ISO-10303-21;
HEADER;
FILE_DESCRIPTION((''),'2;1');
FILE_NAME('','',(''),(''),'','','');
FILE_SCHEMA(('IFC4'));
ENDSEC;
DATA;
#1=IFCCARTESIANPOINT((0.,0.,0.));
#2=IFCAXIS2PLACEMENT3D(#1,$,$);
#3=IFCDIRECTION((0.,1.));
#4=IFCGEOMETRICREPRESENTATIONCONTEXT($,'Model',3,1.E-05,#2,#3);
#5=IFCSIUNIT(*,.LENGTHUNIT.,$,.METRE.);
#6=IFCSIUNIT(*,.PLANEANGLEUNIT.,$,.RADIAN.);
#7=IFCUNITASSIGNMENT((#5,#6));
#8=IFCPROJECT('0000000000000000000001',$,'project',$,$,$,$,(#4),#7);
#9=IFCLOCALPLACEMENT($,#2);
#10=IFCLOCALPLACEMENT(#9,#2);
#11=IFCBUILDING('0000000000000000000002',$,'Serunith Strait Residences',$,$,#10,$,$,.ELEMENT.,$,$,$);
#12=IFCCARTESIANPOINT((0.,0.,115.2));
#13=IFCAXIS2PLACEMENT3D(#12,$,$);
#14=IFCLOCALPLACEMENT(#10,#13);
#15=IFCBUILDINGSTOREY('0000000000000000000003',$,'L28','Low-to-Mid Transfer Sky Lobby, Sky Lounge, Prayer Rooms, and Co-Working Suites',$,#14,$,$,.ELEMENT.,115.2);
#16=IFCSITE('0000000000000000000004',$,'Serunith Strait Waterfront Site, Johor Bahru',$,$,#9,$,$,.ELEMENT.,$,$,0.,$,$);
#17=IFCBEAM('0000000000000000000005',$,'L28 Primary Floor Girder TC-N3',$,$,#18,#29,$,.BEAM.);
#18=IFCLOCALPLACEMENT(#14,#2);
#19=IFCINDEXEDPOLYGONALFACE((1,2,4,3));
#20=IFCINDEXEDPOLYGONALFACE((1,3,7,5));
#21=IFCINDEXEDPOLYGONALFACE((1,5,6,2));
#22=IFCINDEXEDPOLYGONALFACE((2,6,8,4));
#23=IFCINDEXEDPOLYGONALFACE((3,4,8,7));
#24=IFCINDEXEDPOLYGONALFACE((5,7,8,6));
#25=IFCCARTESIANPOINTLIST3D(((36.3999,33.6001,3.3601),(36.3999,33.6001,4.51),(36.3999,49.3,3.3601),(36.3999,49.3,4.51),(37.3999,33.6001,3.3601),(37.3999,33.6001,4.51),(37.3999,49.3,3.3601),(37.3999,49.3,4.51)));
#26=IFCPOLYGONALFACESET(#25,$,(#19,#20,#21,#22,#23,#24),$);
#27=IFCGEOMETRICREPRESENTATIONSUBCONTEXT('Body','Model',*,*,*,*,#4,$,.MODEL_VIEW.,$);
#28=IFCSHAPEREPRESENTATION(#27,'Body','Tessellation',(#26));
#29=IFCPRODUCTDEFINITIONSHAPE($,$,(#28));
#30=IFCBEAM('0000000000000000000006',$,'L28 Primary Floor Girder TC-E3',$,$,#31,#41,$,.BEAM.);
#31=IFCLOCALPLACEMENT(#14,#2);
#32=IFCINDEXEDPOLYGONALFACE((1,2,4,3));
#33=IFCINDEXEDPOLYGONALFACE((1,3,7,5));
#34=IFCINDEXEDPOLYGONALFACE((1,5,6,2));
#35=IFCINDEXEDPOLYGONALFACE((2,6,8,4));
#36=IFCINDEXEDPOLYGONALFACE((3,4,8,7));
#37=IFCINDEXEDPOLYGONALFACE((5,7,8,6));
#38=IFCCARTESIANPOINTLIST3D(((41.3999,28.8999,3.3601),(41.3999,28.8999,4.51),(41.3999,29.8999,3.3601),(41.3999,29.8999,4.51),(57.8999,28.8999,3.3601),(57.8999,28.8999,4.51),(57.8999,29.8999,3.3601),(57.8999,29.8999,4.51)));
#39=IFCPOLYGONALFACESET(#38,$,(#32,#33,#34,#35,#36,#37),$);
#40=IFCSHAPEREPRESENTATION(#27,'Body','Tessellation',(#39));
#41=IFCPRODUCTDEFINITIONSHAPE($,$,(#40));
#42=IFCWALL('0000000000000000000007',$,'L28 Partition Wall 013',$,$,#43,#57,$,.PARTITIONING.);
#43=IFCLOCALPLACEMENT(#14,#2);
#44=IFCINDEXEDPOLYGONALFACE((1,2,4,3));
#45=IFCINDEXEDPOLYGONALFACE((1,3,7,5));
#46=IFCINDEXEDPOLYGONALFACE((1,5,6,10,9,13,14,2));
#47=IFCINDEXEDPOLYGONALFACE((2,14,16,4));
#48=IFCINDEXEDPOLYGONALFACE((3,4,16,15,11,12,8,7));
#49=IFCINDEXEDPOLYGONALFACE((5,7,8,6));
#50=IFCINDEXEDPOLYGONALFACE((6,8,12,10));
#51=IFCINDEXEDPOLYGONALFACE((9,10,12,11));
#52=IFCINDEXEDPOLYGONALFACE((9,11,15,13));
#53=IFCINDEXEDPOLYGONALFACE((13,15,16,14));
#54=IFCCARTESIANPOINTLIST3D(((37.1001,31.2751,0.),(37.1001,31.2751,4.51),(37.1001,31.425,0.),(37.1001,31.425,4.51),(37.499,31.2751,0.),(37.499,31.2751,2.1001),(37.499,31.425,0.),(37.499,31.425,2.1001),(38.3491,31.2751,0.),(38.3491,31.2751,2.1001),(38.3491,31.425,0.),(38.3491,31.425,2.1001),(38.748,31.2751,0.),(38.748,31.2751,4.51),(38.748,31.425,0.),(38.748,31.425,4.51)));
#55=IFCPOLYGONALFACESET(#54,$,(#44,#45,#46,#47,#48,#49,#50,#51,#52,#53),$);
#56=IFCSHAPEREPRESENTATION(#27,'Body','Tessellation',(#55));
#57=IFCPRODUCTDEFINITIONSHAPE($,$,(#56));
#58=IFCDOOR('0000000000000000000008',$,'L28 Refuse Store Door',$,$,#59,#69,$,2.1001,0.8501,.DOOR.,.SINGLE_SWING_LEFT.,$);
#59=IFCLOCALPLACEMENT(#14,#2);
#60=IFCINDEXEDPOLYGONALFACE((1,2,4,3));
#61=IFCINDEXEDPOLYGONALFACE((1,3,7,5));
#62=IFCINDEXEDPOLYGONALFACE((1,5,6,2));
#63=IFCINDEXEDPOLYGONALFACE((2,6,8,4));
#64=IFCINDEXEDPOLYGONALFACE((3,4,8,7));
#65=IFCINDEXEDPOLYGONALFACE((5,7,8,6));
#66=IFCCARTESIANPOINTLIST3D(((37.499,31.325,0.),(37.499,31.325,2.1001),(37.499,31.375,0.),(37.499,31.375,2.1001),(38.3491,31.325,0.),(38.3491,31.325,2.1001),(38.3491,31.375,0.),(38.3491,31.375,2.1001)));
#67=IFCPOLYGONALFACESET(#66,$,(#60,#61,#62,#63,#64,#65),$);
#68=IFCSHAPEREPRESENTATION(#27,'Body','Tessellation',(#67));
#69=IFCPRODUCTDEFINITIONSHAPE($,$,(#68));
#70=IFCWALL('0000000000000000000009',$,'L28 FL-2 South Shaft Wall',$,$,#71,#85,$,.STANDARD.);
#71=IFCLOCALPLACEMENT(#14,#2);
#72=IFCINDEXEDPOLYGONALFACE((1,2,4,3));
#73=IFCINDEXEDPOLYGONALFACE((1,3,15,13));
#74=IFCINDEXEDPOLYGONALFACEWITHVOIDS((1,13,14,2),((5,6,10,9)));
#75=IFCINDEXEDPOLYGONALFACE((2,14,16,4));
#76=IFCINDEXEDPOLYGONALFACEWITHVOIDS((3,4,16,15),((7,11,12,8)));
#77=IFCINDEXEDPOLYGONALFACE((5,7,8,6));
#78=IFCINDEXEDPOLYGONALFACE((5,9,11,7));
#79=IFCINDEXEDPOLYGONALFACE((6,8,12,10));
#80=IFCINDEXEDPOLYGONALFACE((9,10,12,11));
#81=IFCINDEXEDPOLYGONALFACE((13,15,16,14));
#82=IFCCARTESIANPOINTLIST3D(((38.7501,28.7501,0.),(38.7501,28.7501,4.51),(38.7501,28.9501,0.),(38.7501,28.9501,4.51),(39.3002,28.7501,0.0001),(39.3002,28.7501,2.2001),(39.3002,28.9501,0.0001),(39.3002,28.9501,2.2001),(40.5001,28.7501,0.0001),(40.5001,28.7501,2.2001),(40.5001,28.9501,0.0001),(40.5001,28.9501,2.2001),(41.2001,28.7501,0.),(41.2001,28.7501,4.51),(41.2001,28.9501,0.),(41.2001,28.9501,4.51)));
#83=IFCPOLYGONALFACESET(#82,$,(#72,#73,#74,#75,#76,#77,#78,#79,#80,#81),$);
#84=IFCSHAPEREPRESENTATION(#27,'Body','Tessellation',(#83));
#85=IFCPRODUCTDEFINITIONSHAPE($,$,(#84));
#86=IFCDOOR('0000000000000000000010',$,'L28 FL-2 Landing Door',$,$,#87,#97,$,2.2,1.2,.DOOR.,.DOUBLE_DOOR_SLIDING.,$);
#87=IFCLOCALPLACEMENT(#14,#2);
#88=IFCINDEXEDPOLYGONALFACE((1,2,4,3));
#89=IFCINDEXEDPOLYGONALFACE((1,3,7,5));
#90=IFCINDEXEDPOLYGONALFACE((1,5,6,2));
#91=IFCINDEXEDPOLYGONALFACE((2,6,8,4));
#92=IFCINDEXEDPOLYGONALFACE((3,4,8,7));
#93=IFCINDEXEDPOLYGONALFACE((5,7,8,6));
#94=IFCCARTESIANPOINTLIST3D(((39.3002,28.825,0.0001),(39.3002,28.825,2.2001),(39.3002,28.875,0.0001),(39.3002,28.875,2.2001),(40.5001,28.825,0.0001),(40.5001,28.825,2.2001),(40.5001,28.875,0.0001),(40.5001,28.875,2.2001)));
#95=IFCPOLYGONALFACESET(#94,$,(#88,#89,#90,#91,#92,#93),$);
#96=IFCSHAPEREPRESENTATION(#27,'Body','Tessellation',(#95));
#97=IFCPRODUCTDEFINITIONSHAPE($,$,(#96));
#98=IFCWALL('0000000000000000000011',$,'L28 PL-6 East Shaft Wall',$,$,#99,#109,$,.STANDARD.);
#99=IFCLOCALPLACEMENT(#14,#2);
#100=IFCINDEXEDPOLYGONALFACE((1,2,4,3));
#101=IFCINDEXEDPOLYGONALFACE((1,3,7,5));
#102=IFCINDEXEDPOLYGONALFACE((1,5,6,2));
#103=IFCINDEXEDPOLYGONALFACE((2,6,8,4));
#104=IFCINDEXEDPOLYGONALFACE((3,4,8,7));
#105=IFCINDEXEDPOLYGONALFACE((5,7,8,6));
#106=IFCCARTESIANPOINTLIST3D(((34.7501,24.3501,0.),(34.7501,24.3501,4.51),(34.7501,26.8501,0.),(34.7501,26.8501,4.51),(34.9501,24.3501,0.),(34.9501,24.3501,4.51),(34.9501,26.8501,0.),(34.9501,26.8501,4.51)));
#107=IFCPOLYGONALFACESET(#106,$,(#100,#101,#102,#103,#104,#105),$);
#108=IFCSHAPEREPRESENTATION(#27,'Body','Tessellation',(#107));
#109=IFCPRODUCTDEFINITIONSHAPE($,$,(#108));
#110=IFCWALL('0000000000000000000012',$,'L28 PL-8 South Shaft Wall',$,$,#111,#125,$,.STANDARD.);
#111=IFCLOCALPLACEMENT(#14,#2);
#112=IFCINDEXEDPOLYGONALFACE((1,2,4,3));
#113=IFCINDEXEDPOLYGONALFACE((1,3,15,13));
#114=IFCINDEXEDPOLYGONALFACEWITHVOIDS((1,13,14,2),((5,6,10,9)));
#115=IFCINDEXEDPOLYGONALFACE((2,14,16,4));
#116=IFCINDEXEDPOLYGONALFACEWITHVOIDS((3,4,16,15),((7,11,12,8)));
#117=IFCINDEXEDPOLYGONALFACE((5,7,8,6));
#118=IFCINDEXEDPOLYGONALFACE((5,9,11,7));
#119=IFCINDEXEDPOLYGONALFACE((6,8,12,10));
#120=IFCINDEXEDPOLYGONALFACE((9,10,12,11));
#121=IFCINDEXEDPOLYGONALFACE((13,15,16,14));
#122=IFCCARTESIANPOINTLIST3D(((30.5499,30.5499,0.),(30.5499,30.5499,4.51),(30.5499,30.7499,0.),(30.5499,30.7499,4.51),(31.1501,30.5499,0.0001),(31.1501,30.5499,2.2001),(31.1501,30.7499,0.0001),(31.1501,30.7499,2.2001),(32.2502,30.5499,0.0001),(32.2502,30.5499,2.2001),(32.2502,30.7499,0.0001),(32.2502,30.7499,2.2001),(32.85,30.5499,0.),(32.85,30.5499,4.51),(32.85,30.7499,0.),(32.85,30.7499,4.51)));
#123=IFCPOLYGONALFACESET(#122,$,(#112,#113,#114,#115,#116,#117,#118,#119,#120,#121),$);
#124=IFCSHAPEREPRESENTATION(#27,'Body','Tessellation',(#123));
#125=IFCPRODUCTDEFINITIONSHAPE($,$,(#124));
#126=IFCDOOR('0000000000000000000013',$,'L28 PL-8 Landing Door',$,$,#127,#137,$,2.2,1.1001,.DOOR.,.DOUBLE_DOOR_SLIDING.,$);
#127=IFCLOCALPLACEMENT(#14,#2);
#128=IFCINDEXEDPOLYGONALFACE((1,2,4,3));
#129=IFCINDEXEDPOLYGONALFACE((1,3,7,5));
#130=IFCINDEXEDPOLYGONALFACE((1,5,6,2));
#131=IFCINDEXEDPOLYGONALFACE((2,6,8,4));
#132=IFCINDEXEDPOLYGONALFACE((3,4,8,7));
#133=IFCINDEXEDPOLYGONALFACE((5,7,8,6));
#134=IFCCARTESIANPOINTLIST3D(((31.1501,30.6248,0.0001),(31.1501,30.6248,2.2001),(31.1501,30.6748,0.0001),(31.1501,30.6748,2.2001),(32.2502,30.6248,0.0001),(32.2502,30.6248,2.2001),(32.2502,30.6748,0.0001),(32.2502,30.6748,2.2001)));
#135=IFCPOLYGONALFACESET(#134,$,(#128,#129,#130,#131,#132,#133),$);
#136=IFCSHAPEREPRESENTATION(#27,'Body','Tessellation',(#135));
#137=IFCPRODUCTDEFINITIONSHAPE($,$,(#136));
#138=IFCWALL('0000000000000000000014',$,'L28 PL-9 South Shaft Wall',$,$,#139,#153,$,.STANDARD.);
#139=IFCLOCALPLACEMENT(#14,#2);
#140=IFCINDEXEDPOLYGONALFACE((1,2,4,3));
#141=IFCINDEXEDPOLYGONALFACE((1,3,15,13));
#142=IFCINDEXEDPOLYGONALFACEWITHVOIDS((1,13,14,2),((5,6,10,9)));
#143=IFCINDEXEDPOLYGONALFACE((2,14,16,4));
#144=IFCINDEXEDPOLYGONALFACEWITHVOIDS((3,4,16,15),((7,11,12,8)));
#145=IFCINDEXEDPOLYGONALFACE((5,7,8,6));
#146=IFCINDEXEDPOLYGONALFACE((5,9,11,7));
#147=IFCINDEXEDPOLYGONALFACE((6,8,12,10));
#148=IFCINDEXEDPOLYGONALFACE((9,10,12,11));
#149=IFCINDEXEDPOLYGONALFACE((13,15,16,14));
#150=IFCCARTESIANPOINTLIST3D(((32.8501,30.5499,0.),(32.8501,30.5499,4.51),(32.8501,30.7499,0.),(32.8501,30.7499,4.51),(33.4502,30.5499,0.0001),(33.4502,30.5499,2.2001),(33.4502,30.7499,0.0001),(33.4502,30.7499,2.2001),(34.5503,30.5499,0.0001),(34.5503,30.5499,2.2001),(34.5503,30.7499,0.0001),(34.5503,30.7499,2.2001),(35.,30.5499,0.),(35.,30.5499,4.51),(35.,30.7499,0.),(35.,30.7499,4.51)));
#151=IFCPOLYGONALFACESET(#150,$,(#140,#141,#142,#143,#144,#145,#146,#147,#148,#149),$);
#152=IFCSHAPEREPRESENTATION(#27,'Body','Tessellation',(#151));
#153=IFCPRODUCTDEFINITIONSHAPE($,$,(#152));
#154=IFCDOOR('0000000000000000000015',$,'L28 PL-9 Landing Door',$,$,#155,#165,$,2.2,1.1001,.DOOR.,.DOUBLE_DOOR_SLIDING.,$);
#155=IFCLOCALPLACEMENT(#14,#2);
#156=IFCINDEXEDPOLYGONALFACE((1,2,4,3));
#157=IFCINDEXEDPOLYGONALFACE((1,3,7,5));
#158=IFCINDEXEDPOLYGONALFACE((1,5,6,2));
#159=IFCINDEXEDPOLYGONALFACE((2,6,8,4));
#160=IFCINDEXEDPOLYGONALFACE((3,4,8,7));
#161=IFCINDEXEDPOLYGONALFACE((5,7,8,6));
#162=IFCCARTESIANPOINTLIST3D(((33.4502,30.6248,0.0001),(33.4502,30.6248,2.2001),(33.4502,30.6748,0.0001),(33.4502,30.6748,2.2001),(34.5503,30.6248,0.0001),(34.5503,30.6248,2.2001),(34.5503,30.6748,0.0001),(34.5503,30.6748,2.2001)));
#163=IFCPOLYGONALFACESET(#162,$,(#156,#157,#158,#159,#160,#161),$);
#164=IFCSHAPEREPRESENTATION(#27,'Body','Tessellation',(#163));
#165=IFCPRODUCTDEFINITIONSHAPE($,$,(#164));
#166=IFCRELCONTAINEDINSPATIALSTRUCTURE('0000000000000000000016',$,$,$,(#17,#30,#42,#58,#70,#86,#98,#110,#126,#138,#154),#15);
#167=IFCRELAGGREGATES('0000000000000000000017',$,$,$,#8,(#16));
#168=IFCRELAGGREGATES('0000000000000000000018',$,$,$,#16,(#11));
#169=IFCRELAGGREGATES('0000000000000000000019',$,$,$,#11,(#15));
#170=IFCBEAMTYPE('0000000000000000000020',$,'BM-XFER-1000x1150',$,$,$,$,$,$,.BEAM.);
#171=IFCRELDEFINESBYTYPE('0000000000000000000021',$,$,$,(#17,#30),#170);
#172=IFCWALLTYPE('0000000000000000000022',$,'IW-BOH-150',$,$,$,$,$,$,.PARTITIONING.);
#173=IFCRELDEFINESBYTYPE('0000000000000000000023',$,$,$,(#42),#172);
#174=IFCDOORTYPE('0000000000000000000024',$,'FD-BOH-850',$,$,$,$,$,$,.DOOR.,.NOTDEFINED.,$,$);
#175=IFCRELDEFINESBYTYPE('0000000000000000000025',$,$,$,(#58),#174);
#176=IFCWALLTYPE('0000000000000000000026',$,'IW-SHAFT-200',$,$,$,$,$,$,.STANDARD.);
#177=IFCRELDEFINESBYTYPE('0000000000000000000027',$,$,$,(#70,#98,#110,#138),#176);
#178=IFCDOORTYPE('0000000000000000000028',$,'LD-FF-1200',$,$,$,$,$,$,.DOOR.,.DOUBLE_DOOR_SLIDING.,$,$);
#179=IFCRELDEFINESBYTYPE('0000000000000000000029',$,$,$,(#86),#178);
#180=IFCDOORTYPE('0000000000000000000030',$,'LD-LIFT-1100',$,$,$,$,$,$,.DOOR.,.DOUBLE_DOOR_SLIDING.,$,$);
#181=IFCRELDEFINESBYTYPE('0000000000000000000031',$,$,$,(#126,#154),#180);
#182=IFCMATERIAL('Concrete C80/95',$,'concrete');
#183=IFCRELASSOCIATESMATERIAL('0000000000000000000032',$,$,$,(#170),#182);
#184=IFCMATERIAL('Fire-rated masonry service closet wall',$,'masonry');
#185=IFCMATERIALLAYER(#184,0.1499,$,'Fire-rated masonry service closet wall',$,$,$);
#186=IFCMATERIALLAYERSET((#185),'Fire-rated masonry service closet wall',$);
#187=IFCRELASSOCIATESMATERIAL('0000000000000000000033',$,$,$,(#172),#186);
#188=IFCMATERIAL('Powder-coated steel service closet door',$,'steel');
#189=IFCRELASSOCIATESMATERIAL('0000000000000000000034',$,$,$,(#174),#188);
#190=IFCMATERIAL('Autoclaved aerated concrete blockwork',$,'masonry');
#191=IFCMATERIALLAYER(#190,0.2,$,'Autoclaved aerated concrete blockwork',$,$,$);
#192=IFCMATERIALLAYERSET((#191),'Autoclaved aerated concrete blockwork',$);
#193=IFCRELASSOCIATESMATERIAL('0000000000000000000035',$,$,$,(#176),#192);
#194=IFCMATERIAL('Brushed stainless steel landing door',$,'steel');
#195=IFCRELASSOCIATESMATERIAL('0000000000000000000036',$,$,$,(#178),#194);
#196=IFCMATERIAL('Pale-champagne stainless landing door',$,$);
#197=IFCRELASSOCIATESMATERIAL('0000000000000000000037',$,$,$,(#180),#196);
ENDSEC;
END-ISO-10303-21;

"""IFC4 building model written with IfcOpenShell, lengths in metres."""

from ifc_helpers import new_model, si_unit, direction, frame, frame_2d, origin, origin_2d, place, context, subcontext, project, spatial, rectangle, extrude, source, transform, mapped, material, layer, layer_set, material_profile, profile_set, type_object, element, fill, save


model = new_model("IFC4")

# Units and contexts
model_context = context("Model", 3, precision=1e-05, world=origin(), true_north=direction((0.0, 1.0)))
body_context = subcontext(model_context, "Body", "Model", "MODEL_VIEW")
ifc_project = project(units=[si_unit("LENGTHUNIT", "METRE"), si_unit("PLANEANGLEUNIT", "RADIAN")], contexts=[model_context])

# Site, building, storey
site_placement = place(None, origin())
site = spatial("IfcSite", under=ifc_project, at=site_placement, Name="Serunith Strait Waterfront Site, Johor Bahru", CompositionType="ELEMENT", RefElevation=0.0)
building_placement = place(site_placement, origin())
building = spatial("IfcBuilding", under=site, at=building_placement, Name="Serunith Strait Residences", CompositionType="ELEMENT")
storey_placement = place(building_placement, frame((0.0, 0.0, 115.2)))
storey = spatial("IfcBuildingStorey", under=building, at=storey_placement, Name="L28", Description="Low-to-Mid Transfer Sky Lobby, Sky Lounge, Prayer Rooms, and Co-Working Suites", CompositionType="ELEMENT", Elevation=115.2)

# Beams
ifc_material_1 = material(Name="Concrete C80/95", Category="concrete")
ifc_material_profile = material_profile(ifc_material_1, rectangle(XDim=1.0, YDim=1.1499, at=origin_2d()), Name="RC 1000x1150")
ifc_profile_set = profile_set([ifc_material_profile], Name="Concrete C80/95")
beam_type = type_object("IfcBeamType", Name="BM-XFER-1000x1150", PredefinedType="BEAM", material=ifc_profile_set)
shared_shape_1 = source(origin(), body_context, "Body", "SweptSolid", [
    extrude(rectangle(XDim=1.0, YDim=1.1499, at=origin_2d()), origin(), (0.0, 0.0, 1.0), 15.7),
])
beam_1_placement = place(storey_placement, frame((36.8999, 33.6001, 3.9351), z_axis=(0.0, 1.0, 0.0), x_axis=(-1.0, 0.0, 0.0)))
element("IfcBeam", 1, at=beam_1_placement, inside=storey, type_object=beam_type, Name="L28 Primary Floor Girder TC-N3", PredefinedType="BEAM", context=body_context, shape_type="MappedRepresentation", body=[
    mapped(shared_shape_1, transform((0.0, 0.0, 0.0), scale=1.0)),
])
shared_shape_2 = source(origin(), body_context, "Body", "SweptSolid", [
    extrude(rectangle(XDim=1.0, YDim=1.1499, at=origin_2d()), origin(), (0.0, 0.0, 1.0), 16.5),
])
beam_2_placement = place(storey_placement, frame((41.3999, 29.3999, 3.9351), z_axis=(1.0, 0.0, 0.0), x_axis=(0.0, 1.0, 0.0)))
element("IfcBeam", 2, at=beam_2_placement, inside=storey, type_object=beam_type, Name="L28 Primary Floor Girder TC-E3", PredefinedType="BEAM", context=body_context, shape_type="MappedRepresentation", body=[
    mapped(shared_shape_2, transform((0.0, 0.0, 0.0), scale=1.0)),
])

# Walls, openings, doors
ifc_material_2 = material(Name="Fire-rated masonry service closet wall", Category="masonry")
ifc_layer_1 = layer(ifc_material_2, 0.1499, Name="Fire-rated masonry service closet wall")
ifc_layer_set_1 = layer_set([ifc_layer_1], Name="Fire-rated masonry service closet wall")
wall_type_1 = type_object("IfcWallType", Name="IW-BOH-150", PredefinedType="PARTITIONING", material=ifc_layer_set_1)
wall_1_placement = place(storey_placement, frame((37.1001, 31.3501, 0.0), z_axis=(0.0, 0.0, 1.0), x_axis=(1.0, 0.0, 0.0)))
wall_1 = element("IfcWall", 3, at=wall_1_placement, inside=storey, type_object=wall_type_1, Name="L28 Partition Wall 013", PredefinedType="PARTITIONING", context=body_context, shape_type="SweptSolid", body=[
    extrude(rectangle(XDim=1.6479, YDim=0.1499, at=frame_2d((0.824, 0.0))), origin(), (0.0, 0.0, 1.0), 4.51),
])
opening_1_placement = place(wall_1_placement, frame((0.3989, 0.0, 0.0)))
opening_1 = element("IfcOpeningElement", 4, at=opening_1_placement, cuts=wall_1, PredefinedType="OPENING", context=body_context, shape_type="SweptSolid", body=[
    extrude(rectangle(XDim=0.8501, YDim=2.1001, at=frame_2d((0.425, 1.05))), frame((0.0, 0.085, 0.0), z_axis=(0.0, -1.0, 0.0), x_axis=(1.0, 0.0, 0.0)), (0.0, 0.0, 1.0), 0.1699),
])
ifc_material_3 = material(Name="Powder-coated steel service closet door", Category="steel")
door_type_1 = type_object("IfcDoorType", Name="FD-BOH-850", OperationType="NOTDEFINED", PredefinedType="DOOR", material=ifc_material_3)
shared_shape_3 = source(origin(), body_context, "Body", "SweptSolid", [
    extrude(rectangle(XDim=0.8501, YDim=2.1001, at=frame_2d((0.425, 1.05))), frame((0.0, 0.0249, 0.0), z_axis=(0.0, -1.0, 0.0), x_axis=(1.0, 0.0, 0.0)), (0.0, 0.0, 1.0), 0.05),
])
door_1_placement = place(opening_1_placement, origin())
door_1 = element("IfcDoor", 5, at=door_1_placement, inside=storey, type_object=door_type_1, Name="L28 Refuse Store Door", OperationType="SINGLE_SWING_LEFT", OverallHeight=2.1001, OverallWidth=0.8501, PredefinedType="DOOR", context=body_context, shape_type="MappedRepresentation", body=[
    mapped(shared_shape_3, transform((0.0, 0.0, 0.0), scale=1.0)),
])
fill(opening_1, door_1)
ifc_material_4 = material(Name="Autoclaved aerated concrete blockwork", Category="masonry")
ifc_layer_2 = layer(ifc_material_4, 0.2, Name="Autoclaved aerated concrete blockwork")
ifc_layer_set_2 = layer_set([ifc_layer_2], Name="Autoclaved aerated concrete blockwork")
wall_type_2 = type_object("IfcWallType", Name="IW-SHAFT-200", PredefinedType="STANDARD", material=ifc_layer_set_2)
wall_2_placement = place(storey_placement, frame((38.75, 28.8501, 0.0), z_axis=(0.0, 0.0, 1.0), x_axis=(1.0, 0.0, 0.0)))
wall_2 = element("IfcWall", 6, at=wall_2_placement, inside=storey, type_object=wall_type_2, Name="L28 FL-2 South Shaft Wall", PredefinedType="STANDARD", context=body_context, shape_type="SweptSolid", body=[
    extrude(rectangle(XDim=2.45, YDim=0.2, at=frame_2d((1.2251, 0.0))), origin(), (0.0, 0.0, 1.0), 4.51),
])
opening_2_placement = place(wall_2_placement, frame((0.55, 0.0, 0.0)))
opening_2 = element("IfcOpeningElement", 7, at=opening_2_placement, cuts=wall_2, PredefinedType="OPENING", context=body_context, shape_type="SweptSolid", body=[
    extrude(rectangle(XDim=1.2, YDim=2.2, at=frame_2d((0.6001, 1.1001))), frame((0.0, 0.1099, 0.0), z_axis=(0.0, -1.0, 0.0), x_axis=(1.0, 0.0, 0.0)), (0.0, 0.0, 1.0), 0.22),
])
ifc_material_5 = material(Name="Brushed stainless steel landing door", Category="steel")
door_type_2 = type_object("IfcDoorType", Name="LD-FF-1200", OperationType="DOUBLE_DOOR_SLIDING", PredefinedType="DOOR", material=ifc_material_5)
shared_shape_4 = source(origin(), body_context, "Body", "SweptSolid", [
    extrude(rectangle(XDim=1.2, YDim=2.2, at=frame_2d((0.6001, 1.1001))), frame((0.0, 0.0249, 0.0), z_axis=(0.0, -1.0, 0.0), x_axis=(1.0, 0.0, 0.0)), (0.0, 0.0, 1.0), 0.05),
])
door_2_placement = place(opening_2_placement, origin())
door_2 = element("IfcDoor", 8, at=door_2_placement, inside=storey, type_object=door_type_2, Name="L28 FL-2 Landing Door", OperationType="DOUBLE_DOOR_SLIDING", OverallHeight=2.2, OverallWidth=1.2, PredefinedType="DOOR", context=body_context, shape_type="MappedRepresentation", body=[
    mapped(shared_shape_4, transform((0.0, 0.0, 0.0), scale=1.0)),
])
fill(opening_2, door_2)

# Wall
wall_3_placement = place(storey_placement, frame((34.8501, 24.3501, 0.0), z_axis=(0.0, 0.0, 1.0), x_axis=(0.0, 1.0, 0.0)))
element("IfcWall", 9, at=wall_3_placement, inside=storey, type_object=wall_type_2, Name="L28 PL-6 East Shaft Wall", PredefinedType="STANDARD", context=body_context, shape_type="SweptSolid", body=[
    extrude(rectangle(XDim=2.5, YDim=0.2, at=frame_2d((1.25, 0.0))), origin(), (0.0, 0.0, 1.0), 4.51),
])

# Walls, openings, doors
wall_4_placement = place(storey_placement, frame((30.55, 30.6499, 0.0), z_axis=(0.0, 0.0, 1.0), x_axis=(1.0, 0.0, 0.0)))
wall_4 = element("IfcWall", 10, at=wall_4_placement, inside=storey, type_object=wall_type_2, Name="L28 PL-8 South Shaft Wall", PredefinedType="STANDARD", context=body_context, shape_type="SweptSolid", body=[
    extrude(rectangle(XDim=2.3, YDim=0.2, at=frame_2d((1.1499, 0.0))), origin(), (0.0, 0.0, 1.0), 4.51),
])
opening_3_placement = place(wall_4_placement, frame((0.6001, 0.0, 0.0)))
opening_3 = element("IfcOpeningElement", 11, at=opening_3_placement, cuts=wall_4, PredefinedType="OPENING", context=body_context, shape_type="SweptSolid", body=[
    extrude(rectangle(XDim=1.1001, YDim=2.2, at=frame_2d((0.55, 1.1001))), frame((0.0, 0.1099, 0.0), z_axis=(0.0, -1.0, 0.0), x_axis=(1.0, 0.0, 0.0)), (0.0, 0.0, 1.0), 0.22),
])
ifc_material_6 = material(Name="Pale-champagne stainless landing door")
door_type_3 = type_object("IfcDoorType", Name="LD-LIFT-1100", OperationType="DOUBLE_DOOR_SLIDING", PredefinedType="DOOR", material=ifc_material_6)
shared_shape_5 = source(origin(), body_context, "Body", "SweptSolid", [
    extrude(rectangle(XDim=1.1001, YDim=2.2, at=frame_2d((0.55, 1.1001))), frame((0.0, 0.0249, 0.0), z_axis=(0.0, -1.0, 0.0), x_axis=(1.0, 0.0, 0.0)), (0.0, 0.0, 1.0), 0.05),
])
door_3_placement = place(opening_3_placement, origin())
door_3 = element("IfcDoor", 12, at=door_3_placement, inside=storey, type_object=door_type_3, Name="L28 PL-8 Landing Door", OperationType="DOUBLE_DOOR_SLIDING", OverallHeight=2.2, OverallWidth=1.1001, PredefinedType="DOOR", context=body_context, shape_type="MappedRepresentation", body=[
    mapped(shared_shape_5, transform((0.0, 0.0, 0.0), scale=1.0)),
])
fill(opening_3, door_3)
wall_5_placement = place(storey_placement, frame((32.8501, 30.6499, 0.0), z_axis=(0.0, 0.0, 1.0), x_axis=(1.0, 0.0, 0.0)))
wall_5 = element("IfcWall", 13, at=wall_5_placement, inside=storey, type_object=wall_type_2, Name="L28 PL-9 South Shaft Wall", PredefinedType="STANDARD", context=body_context, shape_type="SweptSolid", body=[
    extrude(rectangle(XDim=2.1499, YDim=0.2, at=frame_2d((1.075, 0.0))), origin(), (0.0, 0.0, 1.0), 4.51),
])
opening_4_placement = place(wall_5_placement, frame((0.6001, 0.0, 0.0)))
opening_4 = element("IfcOpeningElement", 14, at=opening_4_placement, cuts=wall_5, PredefinedType="OPENING", context=body_context, shape_type="SweptSolid", body=[
    extrude(rectangle(XDim=1.1001, YDim=2.2, at=frame_2d((0.55, 1.1001))), frame((0.0, 0.1099, 0.0), z_axis=(0.0, -1.0, 0.0), x_axis=(1.0, 0.0, 0.0)), (0.0, 0.0, 1.0), 0.22),
])
door_4_placement = place(opening_4_placement, origin())
door_4 = element("IfcDoor", 15, at=door_4_placement, inside=storey, type_object=door_type_3, Name="L28 PL-9 Landing Door", OperationType="DOUBLE_DOOR_SLIDING", OverallHeight=2.2, OverallWidth=1.1001, PredefinedType="DOOR", context=body_context, shape_type="MappedRepresentation", body=[
    mapped(shared_shape_5, transform((0.0, 0.0, 0.0), scale=1.0)),
])
fill(opening_4, door_4)

save(model, "model.ifc")
